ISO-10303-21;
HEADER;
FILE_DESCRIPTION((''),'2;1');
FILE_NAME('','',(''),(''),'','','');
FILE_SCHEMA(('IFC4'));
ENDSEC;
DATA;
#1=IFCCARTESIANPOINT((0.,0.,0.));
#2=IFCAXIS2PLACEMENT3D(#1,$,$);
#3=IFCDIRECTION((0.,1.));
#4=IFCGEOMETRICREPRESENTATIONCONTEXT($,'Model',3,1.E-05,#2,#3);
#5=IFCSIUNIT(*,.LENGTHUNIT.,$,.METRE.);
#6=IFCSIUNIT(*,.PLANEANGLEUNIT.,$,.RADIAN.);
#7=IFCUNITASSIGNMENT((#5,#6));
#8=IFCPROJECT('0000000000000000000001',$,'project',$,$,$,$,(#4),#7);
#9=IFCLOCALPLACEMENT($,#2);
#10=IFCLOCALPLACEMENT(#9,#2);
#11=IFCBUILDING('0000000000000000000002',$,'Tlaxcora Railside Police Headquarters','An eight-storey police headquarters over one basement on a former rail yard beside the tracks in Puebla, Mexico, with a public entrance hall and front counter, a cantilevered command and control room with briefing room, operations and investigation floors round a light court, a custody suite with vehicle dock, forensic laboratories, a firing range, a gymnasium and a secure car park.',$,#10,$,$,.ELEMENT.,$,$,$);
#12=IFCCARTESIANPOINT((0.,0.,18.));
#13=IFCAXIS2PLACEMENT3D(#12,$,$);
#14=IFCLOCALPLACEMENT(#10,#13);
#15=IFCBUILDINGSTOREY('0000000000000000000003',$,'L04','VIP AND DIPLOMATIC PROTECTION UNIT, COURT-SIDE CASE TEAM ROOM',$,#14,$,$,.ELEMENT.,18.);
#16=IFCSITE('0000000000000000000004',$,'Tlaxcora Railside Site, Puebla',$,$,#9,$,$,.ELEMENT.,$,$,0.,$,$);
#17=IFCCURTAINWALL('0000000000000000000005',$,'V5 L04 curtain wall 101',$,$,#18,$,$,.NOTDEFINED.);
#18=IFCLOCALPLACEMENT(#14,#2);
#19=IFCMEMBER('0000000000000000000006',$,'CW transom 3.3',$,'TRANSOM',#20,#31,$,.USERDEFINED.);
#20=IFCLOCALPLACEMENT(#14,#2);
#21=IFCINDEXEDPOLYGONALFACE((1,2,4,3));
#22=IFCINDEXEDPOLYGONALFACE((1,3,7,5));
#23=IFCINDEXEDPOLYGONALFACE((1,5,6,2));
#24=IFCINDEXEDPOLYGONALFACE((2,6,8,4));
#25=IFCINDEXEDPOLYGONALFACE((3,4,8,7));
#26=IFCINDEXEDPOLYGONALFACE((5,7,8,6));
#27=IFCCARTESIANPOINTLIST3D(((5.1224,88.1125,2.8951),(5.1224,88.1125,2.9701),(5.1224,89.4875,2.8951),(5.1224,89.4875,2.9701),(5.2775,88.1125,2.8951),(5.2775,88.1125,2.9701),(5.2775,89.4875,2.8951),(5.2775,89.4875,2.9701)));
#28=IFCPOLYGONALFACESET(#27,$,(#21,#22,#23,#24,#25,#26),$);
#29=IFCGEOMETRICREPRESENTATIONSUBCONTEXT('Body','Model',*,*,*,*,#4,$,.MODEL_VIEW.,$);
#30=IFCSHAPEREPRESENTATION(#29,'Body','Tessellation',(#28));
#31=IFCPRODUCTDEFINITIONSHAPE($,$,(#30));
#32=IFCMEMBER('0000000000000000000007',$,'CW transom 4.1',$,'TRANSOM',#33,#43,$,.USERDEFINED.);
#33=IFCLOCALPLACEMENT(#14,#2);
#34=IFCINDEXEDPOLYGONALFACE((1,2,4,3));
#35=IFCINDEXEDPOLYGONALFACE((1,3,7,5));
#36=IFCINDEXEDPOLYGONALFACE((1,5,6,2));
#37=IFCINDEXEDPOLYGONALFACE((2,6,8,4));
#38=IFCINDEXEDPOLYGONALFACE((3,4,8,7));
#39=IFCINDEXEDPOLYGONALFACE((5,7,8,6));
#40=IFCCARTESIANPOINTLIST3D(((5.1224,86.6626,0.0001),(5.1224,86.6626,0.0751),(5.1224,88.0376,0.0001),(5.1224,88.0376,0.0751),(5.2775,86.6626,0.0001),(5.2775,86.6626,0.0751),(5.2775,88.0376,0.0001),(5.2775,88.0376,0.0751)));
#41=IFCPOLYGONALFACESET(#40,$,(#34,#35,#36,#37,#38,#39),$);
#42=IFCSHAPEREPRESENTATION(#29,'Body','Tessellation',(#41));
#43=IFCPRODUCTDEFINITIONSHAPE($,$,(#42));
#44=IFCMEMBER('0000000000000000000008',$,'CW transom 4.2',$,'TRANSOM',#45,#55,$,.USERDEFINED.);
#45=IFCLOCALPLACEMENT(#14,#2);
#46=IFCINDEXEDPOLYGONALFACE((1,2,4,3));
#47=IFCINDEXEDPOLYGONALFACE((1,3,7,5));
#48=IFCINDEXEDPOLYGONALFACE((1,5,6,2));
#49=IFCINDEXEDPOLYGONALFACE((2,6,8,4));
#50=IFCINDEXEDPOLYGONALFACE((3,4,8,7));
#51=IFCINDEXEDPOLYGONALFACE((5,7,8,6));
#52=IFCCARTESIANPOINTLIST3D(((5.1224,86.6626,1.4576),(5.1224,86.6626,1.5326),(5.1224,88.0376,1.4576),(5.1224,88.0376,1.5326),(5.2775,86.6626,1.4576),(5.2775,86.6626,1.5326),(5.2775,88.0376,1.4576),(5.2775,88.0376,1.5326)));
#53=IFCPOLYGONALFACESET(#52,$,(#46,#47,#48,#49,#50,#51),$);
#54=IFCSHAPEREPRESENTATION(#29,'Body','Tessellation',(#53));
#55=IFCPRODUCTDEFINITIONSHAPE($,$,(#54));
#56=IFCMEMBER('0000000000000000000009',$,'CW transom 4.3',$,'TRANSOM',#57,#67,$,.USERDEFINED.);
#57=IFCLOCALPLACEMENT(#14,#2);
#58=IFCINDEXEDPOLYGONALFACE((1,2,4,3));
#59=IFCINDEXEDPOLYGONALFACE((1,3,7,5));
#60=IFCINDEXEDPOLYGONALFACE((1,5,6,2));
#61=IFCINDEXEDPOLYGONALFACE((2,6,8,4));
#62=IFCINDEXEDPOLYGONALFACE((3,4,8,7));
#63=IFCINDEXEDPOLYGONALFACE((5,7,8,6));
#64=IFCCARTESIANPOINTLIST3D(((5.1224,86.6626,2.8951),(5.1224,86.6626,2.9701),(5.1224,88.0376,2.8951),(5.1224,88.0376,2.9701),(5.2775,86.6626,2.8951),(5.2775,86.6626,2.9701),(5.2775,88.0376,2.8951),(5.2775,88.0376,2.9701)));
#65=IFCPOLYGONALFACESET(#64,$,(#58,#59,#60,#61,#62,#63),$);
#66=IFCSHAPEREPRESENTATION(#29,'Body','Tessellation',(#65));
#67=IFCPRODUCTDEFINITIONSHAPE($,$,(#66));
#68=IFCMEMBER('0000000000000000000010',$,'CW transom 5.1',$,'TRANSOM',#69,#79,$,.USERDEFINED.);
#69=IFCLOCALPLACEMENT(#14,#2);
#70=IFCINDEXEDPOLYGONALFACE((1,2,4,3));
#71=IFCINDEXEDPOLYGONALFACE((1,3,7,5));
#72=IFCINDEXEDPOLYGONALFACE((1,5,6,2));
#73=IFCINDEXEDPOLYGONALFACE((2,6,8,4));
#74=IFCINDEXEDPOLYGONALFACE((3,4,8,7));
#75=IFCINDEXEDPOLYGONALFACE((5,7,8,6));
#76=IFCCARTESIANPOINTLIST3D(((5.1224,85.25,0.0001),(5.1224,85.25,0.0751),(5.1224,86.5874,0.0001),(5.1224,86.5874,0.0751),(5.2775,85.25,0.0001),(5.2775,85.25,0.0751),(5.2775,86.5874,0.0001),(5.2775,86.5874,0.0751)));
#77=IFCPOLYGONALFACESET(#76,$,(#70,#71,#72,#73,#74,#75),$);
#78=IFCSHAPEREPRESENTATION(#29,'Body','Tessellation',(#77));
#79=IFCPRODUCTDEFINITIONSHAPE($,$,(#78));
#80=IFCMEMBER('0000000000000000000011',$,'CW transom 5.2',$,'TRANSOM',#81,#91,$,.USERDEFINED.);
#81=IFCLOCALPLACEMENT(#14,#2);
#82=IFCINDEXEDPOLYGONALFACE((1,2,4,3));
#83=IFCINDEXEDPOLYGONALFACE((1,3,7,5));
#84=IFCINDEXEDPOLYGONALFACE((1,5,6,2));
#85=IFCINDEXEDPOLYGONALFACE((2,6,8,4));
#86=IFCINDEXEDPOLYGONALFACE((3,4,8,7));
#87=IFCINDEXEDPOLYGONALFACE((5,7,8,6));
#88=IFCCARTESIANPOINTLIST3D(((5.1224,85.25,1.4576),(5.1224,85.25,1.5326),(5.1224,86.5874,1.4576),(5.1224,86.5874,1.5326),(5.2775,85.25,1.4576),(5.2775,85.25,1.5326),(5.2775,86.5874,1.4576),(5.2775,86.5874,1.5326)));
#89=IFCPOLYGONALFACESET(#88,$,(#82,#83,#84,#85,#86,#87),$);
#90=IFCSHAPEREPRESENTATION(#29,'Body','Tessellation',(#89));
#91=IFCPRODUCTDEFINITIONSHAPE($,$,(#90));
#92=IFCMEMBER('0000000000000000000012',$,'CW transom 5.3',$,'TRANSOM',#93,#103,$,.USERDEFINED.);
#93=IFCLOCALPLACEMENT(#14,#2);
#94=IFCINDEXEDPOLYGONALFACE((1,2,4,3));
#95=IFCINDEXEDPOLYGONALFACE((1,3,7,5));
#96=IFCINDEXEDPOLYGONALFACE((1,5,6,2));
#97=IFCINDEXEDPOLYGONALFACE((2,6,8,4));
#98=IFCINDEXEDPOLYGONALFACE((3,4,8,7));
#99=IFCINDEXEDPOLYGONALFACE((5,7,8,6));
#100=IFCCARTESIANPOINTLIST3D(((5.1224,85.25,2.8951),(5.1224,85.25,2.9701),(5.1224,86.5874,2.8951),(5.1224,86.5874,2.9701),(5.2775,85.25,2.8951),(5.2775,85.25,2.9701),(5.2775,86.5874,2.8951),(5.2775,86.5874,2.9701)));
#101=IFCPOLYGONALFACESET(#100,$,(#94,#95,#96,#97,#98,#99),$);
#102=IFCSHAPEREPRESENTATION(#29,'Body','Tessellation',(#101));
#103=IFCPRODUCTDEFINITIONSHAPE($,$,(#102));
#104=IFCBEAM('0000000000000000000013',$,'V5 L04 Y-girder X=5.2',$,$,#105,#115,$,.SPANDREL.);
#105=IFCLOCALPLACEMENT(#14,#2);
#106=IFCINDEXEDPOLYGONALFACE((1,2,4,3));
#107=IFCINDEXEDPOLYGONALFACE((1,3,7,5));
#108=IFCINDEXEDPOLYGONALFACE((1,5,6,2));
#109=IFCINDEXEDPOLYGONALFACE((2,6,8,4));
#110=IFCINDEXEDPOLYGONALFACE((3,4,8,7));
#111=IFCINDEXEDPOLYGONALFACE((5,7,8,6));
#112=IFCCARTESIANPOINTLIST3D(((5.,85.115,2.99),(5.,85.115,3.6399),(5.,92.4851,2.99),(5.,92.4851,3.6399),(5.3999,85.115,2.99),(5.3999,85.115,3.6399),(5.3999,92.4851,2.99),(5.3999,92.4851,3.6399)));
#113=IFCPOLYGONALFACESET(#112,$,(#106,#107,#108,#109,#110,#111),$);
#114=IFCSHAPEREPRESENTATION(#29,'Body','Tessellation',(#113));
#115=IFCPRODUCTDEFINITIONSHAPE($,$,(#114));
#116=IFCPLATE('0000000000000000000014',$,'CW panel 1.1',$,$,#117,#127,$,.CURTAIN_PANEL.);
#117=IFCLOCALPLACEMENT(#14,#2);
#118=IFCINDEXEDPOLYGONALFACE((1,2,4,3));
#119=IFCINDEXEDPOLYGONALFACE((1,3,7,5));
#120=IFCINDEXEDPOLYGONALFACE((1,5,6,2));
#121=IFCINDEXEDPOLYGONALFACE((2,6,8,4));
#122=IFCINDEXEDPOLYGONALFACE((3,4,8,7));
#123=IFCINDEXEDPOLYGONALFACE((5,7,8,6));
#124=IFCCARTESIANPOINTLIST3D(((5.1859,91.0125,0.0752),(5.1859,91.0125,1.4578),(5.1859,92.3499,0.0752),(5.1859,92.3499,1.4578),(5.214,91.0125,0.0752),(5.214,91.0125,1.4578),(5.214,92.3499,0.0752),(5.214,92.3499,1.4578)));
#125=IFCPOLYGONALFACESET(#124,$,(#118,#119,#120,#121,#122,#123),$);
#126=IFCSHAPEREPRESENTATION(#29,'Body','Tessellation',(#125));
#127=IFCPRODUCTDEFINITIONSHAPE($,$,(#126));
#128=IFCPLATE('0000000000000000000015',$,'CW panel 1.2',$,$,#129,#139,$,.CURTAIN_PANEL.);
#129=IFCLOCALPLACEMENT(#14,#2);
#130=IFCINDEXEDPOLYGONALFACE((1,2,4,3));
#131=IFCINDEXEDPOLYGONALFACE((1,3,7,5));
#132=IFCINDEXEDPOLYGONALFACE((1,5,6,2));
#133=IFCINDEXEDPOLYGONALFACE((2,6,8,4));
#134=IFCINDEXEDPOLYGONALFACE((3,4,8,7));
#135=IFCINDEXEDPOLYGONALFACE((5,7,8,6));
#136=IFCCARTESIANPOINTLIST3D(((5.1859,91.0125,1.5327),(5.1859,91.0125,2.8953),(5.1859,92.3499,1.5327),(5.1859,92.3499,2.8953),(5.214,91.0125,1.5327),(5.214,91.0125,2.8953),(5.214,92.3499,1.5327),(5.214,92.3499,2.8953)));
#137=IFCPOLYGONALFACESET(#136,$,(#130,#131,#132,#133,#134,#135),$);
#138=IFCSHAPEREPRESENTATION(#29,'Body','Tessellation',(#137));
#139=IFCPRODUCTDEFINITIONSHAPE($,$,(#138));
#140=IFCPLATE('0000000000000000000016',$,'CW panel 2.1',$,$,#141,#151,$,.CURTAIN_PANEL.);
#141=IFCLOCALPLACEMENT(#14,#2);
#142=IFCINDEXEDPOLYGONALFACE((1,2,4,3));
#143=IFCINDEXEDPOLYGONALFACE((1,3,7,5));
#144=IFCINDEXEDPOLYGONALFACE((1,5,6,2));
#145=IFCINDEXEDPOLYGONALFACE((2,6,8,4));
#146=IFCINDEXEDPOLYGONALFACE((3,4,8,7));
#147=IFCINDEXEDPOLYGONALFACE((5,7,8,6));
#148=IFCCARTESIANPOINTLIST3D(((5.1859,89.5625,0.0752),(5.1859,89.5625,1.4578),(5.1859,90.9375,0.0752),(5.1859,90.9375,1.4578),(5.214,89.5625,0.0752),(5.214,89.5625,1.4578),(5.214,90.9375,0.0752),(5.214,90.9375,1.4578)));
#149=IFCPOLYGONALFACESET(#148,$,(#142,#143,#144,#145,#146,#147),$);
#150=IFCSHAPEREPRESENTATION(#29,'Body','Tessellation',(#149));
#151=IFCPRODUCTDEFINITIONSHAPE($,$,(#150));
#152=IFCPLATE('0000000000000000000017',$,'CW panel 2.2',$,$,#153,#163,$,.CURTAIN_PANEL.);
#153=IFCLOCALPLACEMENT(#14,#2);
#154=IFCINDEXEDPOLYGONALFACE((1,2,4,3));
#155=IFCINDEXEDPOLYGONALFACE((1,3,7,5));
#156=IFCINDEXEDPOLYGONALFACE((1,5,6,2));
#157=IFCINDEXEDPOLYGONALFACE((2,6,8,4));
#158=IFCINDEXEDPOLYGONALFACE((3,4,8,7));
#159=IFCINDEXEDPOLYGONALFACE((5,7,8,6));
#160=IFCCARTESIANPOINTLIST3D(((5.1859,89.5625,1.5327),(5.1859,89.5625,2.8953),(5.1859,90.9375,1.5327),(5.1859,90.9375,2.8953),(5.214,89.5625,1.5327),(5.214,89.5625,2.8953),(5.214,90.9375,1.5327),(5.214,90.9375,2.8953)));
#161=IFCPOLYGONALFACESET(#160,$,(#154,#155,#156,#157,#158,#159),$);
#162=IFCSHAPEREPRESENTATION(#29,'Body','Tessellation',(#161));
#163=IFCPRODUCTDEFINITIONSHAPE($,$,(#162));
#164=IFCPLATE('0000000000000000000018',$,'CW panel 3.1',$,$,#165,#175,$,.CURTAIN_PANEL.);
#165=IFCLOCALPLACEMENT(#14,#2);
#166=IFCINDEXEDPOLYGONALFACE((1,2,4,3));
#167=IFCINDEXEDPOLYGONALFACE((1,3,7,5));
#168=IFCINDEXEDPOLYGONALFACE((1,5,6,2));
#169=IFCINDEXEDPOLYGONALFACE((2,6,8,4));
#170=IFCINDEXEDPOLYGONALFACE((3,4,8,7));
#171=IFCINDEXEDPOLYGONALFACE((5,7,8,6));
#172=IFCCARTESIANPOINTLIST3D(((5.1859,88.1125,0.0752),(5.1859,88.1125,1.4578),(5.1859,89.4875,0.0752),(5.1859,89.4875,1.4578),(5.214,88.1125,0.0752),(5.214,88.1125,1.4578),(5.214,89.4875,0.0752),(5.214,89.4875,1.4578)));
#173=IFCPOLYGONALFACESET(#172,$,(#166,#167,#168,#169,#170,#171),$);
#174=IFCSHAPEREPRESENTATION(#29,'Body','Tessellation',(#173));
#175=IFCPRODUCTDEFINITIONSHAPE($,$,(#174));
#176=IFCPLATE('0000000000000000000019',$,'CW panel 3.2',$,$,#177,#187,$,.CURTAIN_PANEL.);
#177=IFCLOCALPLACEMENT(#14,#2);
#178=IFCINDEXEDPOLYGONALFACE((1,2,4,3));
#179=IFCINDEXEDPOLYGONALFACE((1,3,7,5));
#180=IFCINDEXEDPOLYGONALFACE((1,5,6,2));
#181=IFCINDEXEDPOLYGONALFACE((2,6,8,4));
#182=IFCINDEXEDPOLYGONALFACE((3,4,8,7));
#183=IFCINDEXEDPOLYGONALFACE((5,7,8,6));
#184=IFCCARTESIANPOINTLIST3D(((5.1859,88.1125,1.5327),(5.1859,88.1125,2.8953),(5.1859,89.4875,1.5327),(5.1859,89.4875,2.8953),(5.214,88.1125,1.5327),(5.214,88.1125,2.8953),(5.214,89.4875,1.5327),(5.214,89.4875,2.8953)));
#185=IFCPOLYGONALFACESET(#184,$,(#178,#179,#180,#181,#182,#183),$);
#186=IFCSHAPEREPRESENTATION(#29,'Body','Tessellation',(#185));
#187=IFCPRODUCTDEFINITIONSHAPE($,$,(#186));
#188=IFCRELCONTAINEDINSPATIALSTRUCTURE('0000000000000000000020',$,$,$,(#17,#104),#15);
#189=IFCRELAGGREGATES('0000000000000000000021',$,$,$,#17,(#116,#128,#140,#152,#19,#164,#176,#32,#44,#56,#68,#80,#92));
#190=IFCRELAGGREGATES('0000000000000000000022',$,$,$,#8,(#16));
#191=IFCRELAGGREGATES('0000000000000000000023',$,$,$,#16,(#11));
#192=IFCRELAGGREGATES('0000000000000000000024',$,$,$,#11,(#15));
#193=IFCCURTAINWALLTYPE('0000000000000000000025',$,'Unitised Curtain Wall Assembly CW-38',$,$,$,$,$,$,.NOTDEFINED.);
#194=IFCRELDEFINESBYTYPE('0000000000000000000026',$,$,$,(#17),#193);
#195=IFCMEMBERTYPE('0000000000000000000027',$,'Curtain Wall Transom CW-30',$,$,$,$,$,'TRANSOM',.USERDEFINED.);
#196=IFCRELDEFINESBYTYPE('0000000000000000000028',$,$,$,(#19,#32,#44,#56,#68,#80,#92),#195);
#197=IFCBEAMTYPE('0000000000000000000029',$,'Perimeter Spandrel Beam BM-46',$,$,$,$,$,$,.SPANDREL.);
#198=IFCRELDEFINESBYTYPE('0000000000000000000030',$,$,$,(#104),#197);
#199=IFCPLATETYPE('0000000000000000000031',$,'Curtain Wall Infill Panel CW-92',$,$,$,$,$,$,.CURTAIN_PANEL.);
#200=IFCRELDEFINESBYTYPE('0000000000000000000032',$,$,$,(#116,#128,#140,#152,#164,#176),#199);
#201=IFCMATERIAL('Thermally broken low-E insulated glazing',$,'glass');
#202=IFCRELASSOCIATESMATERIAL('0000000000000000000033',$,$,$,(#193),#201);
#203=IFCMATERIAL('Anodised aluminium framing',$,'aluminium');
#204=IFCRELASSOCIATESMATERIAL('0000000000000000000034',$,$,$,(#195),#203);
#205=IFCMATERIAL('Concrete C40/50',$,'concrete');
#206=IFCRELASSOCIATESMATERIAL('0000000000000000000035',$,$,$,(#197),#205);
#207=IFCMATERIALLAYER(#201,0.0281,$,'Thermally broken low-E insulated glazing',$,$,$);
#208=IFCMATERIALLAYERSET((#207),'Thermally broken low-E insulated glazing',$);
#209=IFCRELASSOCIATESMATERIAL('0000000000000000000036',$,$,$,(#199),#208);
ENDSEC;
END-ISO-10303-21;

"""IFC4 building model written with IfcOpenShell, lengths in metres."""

from ifc_helpers import new_model, si_unit, direction, frame, origin, origin_2d, place, context, subcontext, project, spatial, rectangle, extrude, material, layer, layer_set, material_profile, profile_set, type_object, element, aggregate, save


model = new_model("IFC4")

# Units and contexts
model_context = context("Model", 3, precision=1e-05, world=origin(), true_north=direction((0.0, 1.0)))
body_context = subcontext(model_context, "Body", "Model", "MODEL_VIEW")
ifc_project = project(units=[si_unit("LENGTHUNIT", "METRE"), si_unit("PLANEANGLEUNIT", "RADIAN")], contexts=[model_context])

# Site, building, storey
site_placement = place(None, origin())
site = spatial("IfcSite", under=ifc_project, at=site_placement, Name="Tlaxcora Railside Site, Puebla", CompositionType="ELEMENT", RefElevation=0.0)
building_placement = place(site_placement, origin())
building = spatial("IfcBuilding", under=site, at=building_placement, Name="Tlaxcora Railside Police Headquarters", Description="An eight-storey police headquarters over one basement on a former rail yard beside the tracks in Puebla, Mexico, with a public entrance hall and front counter, a cantilevered command and control room with briefing room, operations and investigation floors round a light court, a custody suite with vehicle dock, forensic laboratories, a firing range, a gymnasium and a secure car park.", CompositionType="ELEMENT")
storey_placement = place(building_placement, frame((0.0, 0.0, 18.0)))
storey = spatial("IfcBuildingStorey", under=building, at=storey_placement, Name="L04", Description="VIP AND DIPLOMATIC PROTECTION UNIT, COURT-SIDE CASE TEAM ROOM", CompositionType="ELEMENT", Elevation=18.0)

# Shared definitions
ifc_material_1 = material(Name="Concrete C40/50", Category="concrete")

# Curtain wall, members
ifc_material_2 = material(Name="Thermally broken low-E insulated glazing", Category="glass")
curtain_wall_type = type_object("IfcCurtainWallType", Name="Unitised Curtain Wall Assembly CW-38", PredefinedType="NOTDEFINED", material=ifc_material_2)
curtain_wall_placement = place(storey_placement, origin())
curtain_wall = element("IfcCurtainWall", 1, at=curtain_wall_placement, inside=storey, type_object=curtain_wall_type, Name="V5 L04 curtain wall 101", PredefinedType="NOTDEFINED")
ifc_material_3 = material(Name="Anodised aluminium framing", Category="aluminium")
ifc_material_profile_1 = material_profile(ifc_material_3, rectangle(XDim=0.155, YDim=0.075, at=origin_2d()), Name="AL75X155")
ifc_profile_set_1 = profile_set([ifc_material_profile_1], Name="Anodised aluminium framing")
member_type_1 = type_object("IfcMemberType", Name="Curtain Wall Transom CW-30", ElementType="TRANSOM", PredefinedType="USERDEFINED", material=ifc_profile_set_1)
member_1_placement = place(storey_placement, frame((5.2, 89.4875, 2.9326), z_axis=(0.0, -1.0, 0.0), x_axis=(1.0, 0.0, 0.0)))
member_1 = element("IfcMember", 2, at=member_1_placement, type_object=member_type_1, Name="CW transom 3.3", ObjectType="TRANSOM", PredefinedType="USERDEFINED", context=body_context, shape_type="SweptSolid", body=[
    extrude(rectangle(XDim=0.155, YDim=0.075, at=origin_2d()), origin(), (0.0, 0.0, 1.0), 1.375),
])
member_2_placement = place(storey_placement, frame((5.2, 88.0376, 0.0376), z_axis=(0.0, -1.0, 0.0), x_axis=(1.0, 0.0, 0.0)))
member_2 = element("IfcMember", 3, at=member_2_placement, type_object=member_type_1, Name="CW transom 4.1", ObjectType="TRANSOM", PredefinedType="USERDEFINED", context=body_context, shape_type="SweptSolid", body=[
    extrude(rectangle(XDim=0.155, YDim=0.075, at=origin_2d()), origin(), (0.0, 0.0, 1.0), 1.375),
])
member_3_placement = place(storey_placement, frame((5.2, 88.0376, 1.4951), z_axis=(0.0, -1.0, 0.0), x_axis=(1.0, 0.0, 0.0)))
member_3 = element("IfcMember", 4, at=member_3_placement, type_object=member_type_1, Name="CW transom 4.2", ObjectType="TRANSOM", PredefinedType="USERDEFINED", context=body_context, shape_type="SweptSolid", body=[
    extrude(rectangle(XDim=0.155, YDim=0.075, at=origin_2d()), origin(), (0.0, 0.0, 1.0), 1.375),
])
member_4_placement = place(storey_placement, frame((5.2, 88.0376, 2.9326), z_axis=(0.0, -1.0, 0.0), x_axis=(1.0, 0.0, 0.0)))
member_4 = element("IfcMember", 5, at=member_4_placement, type_object=member_type_1, Name="CW transom 4.3", ObjectType="TRANSOM", PredefinedType="USERDEFINED", context=body_context, shape_type="SweptSolid", body=[
    extrude(rectangle(XDim=0.155, YDim=0.075, at=origin_2d()), origin(), (0.0, 0.0, 1.0), 1.375),
])
member_5_placement = place(storey_placement, frame((5.2, 86.5874, 0.0376), z_axis=(0.0, -1.0, 0.0), x_axis=(1.0, 0.0, 0.0)))
member_5 = element("IfcMember", 6, at=member_5_placement, type_object=member_type_1, Name="CW transom 5.1", ObjectType="TRANSOM", PredefinedType="USERDEFINED", context=body_context, shape_type="SweptSolid", body=[
    extrude(rectangle(XDim=0.155, YDim=0.075, at=origin_2d()), origin(), (0.0, 0.0, 1.0), 1.3374),
])
member_6_placement = place(storey_placement, frame((5.2, 86.5874, 1.4951), z_axis=(0.0, -1.0, 0.0), x_axis=(1.0, 0.0, 0.0)))
member_6 = element("IfcMember", 7, at=member_6_placement, type_object=member_type_1, Name="CW transom 5.2", ObjectType="TRANSOM", PredefinedType="USERDEFINED", context=body_context, shape_type="SweptSolid", body=[
    extrude(rectangle(XDim=0.155, YDim=0.075, at=origin_2d()), origin(), (0.0, 0.0, 1.0), 1.3374),
])
member_7_placement = place(storey_placement, frame((5.2, 86.5874, 2.9326), z_axis=(0.0, -1.0, 0.0), x_axis=(1.0, 0.0, 0.0)))
member_7 = element("IfcMember", 8, at=member_7_placement, type_object=member_type_1, Name="CW transom 5.3", ObjectType="TRANSOM", PredefinedType="USERDEFINED", context=body_context, shape_type="SweptSolid", body=[
    extrude(rectangle(XDim=0.155, YDim=0.075, at=origin_2d()), origin(), (0.0, 0.0, 1.0), 1.3374),
])

# Beam
ifc_material_profile_2 = material_profile(ifc_material_1, rectangle(XDim=0.3999, YDim=0.6499, at=origin_2d()), Name="RC400X650")
ifc_profile_set_2 = profile_set([ifc_material_profile_2], Name="Concrete C40/50")
beam_type = type_object("IfcBeamType", Name="Perimeter Spandrel Beam BM-46", PredefinedType="SPANDREL", material=ifc_profile_set_2)
beam_placement = place(storey_placement, frame((5.2, 85.115, 3.3149), z_axis=(0.0, 1.0, 0.0), x_axis=(-1.0, 0.0, 0.0)))
element("IfcBeam", 9, at=beam_placement, inside=storey, type_object=beam_type, Name="V5 L04 Y-girder X=5.2", PredefinedType="SPANDREL", context=body_context, shape_type="SweptSolid", body=[
    extrude(rectangle(XDim=0.3999, YDim=0.6499, at=origin_2d()), origin(), (0.0, 0.0, 1.0), 7.3701),
])

# Plates
ifc_layer_1 = layer(ifc_material_2, 0.0281, Name="Thermally broken low-E insulated glazing")
ifc_layer_set_1 = layer_set([ifc_layer_1], Name="Thermally broken low-E insulated glazing")
plate_type = type_object("IfcPlateType", Name="Curtain Wall Infill Panel CW-92", PredefinedType="CURTAIN_PANEL", material=ifc_layer_set_1)
plate_1_placement = place(storey_placement, frame((5.2, 91.6812, 0.0752), z_axis=(0.0, 0.0, 1.0), x_axis=(0.0, -1.0, 0.0)))
plate_1 = element("IfcPlate", 10, at=plate_1_placement, type_object=plate_type, Name="CW panel 1.1", PredefinedType="CURTAIN_PANEL", context=body_context, shape_type="SweptSolid", body=[
    extrude(rectangle(XDim=1.3374, YDim=0.0281, at=origin_2d()), origin(), (0.0, 0.0, 1.0), 1.3826),
])
plate_2_placement = place(storey_placement, frame((5.2, 91.6812, 1.5327), z_axis=(0.0, 0.0, 1.0), x_axis=(0.0, -1.0, 0.0)))
plate_2 = element("IfcPlate", 11, at=plate_2_placement, type_object=plate_type, Name="CW panel 1.2", PredefinedType="CURTAIN_PANEL", context=body_context, shape_type="SweptSolid", body=[
    extrude(rectangle(XDim=1.3374, YDim=0.0281, at=origin_2d()), origin(), (0.0, 0.0, 1.0), 1.3625),
])
plate_3_placement = place(storey_placement, frame((5.2, 90.25, 0.0752), z_axis=(0.0, 0.0, 1.0), x_axis=(0.0, -1.0, 0.0)))
plate_3 = element("IfcPlate", 12, at=plate_3_placement, type_object=plate_type, Name="CW panel 2.1", PredefinedType="CURTAIN_PANEL", context=body_context, shape_type="SweptSolid", body=[
    extrude(rectangle(XDim=1.375, YDim=0.0281, at=origin_2d()), origin(), (0.0, 0.0, 1.0), 1.3826),
])
plate_4_placement = place(storey_placement, frame((5.2, 90.25, 1.5327), z_axis=(0.0, 0.0, 1.0), x_axis=(0.0, -1.0, 0.0)))
plate_4 = element("IfcPlate", 13, at=plate_4_placement, type_object=plate_type, Name="CW panel 2.2", PredefinedType="CURTAIN_PANEL", context=body_context, shape_type="SweptSolid", body=[
    extrude(rectangle(XDim=1.375, YDim=0.0281, at=origin_2d()), origin(), (0.0, 0.0, 1.0), 1.3625),
])
plate_5_placement = place(storey_placement, frame((5.2, 88.8, 0.0752), z_axis=(0.0, 0.0, 1.0), x_axis=(0.0, -1.0, 0.0)))
plate_5 = element("IfcPlate", 14, at=plate_5_placement, type_object=plate_type, Name="CW panel 3.1", PredefinedType="CURTAIN_PANEL", context=body_context, shape_type="SweptSolid", body=[
    extrude(rectangle(XDim=1.375, YDim=0.0281, at=origin_2d()), origin(), (0.0, 0.0, 1.0), 1.3826),
])
plate_6_placement = place(storey_placement, frame((5.2, 88.8, 1.5327), z_axis=(0.0, 0.0, 1.0), x_axis=(0.0, -1.0, 0.0)))
plate_6 = element("IfcPlate", 15, at=plate_6_placement, type_object=plate_type, Name="CW panel 3.2", PredefinedType="CURTAIN_PANEL", context=body_context, shape_type="SweptSolid", body=[
    extrude(rectangle(XDim=1.375, YDim=0.0281, at=origin_2d()), origin(), (0.0, 0.0, 1.0), 1.3625),
])
aggregate(curtain_wall, [plate_1, plate_2, plate_3, plate_4, member_1, plate_5, plate_6, member_2, member_3, member_4, member_5, member_6, member_7])

save(model, "model.ifc")
